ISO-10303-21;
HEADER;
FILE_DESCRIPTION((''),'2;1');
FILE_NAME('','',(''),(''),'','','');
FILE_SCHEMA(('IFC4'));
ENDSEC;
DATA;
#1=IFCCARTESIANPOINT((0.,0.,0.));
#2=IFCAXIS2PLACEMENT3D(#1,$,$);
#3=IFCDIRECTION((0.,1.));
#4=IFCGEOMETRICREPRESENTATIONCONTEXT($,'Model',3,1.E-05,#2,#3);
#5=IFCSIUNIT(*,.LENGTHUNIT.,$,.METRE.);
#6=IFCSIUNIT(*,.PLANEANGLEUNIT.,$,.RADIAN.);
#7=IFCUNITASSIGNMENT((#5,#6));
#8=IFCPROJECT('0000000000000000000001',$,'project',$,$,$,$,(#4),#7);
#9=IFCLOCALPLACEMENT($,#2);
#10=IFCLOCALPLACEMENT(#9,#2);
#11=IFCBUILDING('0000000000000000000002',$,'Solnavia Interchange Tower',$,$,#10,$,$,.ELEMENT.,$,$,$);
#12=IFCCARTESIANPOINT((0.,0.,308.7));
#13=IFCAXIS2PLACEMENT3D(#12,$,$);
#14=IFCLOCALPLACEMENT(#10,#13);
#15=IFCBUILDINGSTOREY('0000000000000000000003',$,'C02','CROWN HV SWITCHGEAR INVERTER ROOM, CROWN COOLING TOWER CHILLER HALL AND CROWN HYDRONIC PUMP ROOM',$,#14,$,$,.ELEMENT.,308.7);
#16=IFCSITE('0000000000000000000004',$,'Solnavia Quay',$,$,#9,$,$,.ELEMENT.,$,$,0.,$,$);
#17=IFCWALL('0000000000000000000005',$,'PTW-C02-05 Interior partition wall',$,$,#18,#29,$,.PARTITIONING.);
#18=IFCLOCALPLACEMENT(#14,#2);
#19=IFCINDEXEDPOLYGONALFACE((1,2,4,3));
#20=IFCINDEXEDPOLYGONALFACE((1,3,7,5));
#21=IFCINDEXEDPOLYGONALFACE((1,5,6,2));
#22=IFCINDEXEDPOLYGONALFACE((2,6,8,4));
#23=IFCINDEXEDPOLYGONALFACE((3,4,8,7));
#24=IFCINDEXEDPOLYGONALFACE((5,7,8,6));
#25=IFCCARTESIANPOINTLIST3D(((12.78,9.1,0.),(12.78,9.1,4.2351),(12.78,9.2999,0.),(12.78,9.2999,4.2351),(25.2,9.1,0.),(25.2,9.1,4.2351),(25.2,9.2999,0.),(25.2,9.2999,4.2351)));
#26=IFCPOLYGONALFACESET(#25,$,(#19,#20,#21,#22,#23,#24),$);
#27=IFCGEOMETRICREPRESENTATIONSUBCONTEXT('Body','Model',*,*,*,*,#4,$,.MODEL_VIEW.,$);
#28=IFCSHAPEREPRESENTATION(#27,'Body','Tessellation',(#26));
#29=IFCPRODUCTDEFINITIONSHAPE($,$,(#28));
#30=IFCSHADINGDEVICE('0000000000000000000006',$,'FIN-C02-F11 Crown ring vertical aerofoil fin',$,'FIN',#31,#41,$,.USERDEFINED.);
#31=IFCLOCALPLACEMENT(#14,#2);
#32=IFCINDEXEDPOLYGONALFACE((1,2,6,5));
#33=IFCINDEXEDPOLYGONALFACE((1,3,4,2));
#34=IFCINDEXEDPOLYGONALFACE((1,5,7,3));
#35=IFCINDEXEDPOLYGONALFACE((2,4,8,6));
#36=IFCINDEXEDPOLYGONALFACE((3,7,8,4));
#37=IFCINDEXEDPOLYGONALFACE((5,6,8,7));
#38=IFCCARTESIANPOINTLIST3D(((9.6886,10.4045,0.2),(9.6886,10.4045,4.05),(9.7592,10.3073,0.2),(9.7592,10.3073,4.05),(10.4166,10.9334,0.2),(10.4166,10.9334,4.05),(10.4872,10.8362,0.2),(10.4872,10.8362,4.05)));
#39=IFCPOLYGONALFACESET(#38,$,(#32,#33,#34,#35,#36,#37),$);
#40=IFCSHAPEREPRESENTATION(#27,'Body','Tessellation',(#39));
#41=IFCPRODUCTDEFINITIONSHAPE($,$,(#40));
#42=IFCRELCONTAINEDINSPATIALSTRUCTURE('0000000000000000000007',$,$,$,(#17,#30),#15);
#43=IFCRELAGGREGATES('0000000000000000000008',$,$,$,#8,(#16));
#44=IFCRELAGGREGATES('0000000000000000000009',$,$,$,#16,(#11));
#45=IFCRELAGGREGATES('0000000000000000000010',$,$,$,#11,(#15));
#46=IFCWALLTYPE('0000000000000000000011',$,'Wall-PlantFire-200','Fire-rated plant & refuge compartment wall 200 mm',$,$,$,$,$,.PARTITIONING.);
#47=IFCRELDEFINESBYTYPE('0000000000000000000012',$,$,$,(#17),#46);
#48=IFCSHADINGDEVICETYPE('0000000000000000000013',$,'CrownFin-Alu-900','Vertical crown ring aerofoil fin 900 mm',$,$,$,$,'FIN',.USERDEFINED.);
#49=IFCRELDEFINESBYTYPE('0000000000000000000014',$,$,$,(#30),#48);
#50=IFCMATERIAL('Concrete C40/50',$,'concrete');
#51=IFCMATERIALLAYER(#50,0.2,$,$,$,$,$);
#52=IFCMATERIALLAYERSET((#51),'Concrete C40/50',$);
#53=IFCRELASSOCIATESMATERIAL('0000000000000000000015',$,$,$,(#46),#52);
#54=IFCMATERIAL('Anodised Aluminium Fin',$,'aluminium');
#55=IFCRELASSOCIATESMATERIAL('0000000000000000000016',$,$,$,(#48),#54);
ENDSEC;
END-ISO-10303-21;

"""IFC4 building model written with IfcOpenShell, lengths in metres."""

from ifc_helpers import new_model, si_unit, direction, frame, frame_2d, origin, origin_2d, place, context, subcontext, project, spatial, rectangle, extrude, material, layer, layer_set, type_object, element, save


model = new_model("IFC4")

# Units and contexts
model_context = context("Model", 3, precision=1e-05, world=origin(), true_north=direction((0.0, 1.0)))
body_context = subcontext(model_context, "Body", "Model", "MODEL_VIEW")
ifc_project = project(units=[si_unit("LENGTHUNIT", "METRE"), si_unit("PLANEANGLEUNIT", "RADIAN")], contexts=[model_context])

# Site, building, storey
site_placement = place(None, origin())
site = spatial("IfcSite", under=ifc_project, at=site_placement, Name="Solnavia Quay", CompositionType="ELEMENT", RefElevation=0.0)
building_placement = place(site_placement, origin())
building = spatial("IfcBuilding", under=site, at=building_placement, Name="Solnavia Interchange Tower", CompositionType="ELEMENT")
storey_placement = place(building_placement, frame((0.0, 0.0, 308.7)))
storey = spatial("IfcBuildingStorey", under=building, at=storey_placement, Name="C02", Description="CROWN HV SWITCHGEAR INVERTER ROOM, CROWN COOLING TOWER CHILLER HALL AND CROWN HYDRONIC PUMP ROOM", CompositionType="ELEMENT", Elevation=308.7)

# Shared definitions
ifc_material_1 = material(Name="Concrete C40/50", Category="concrete")

# Shared definitions
ifc_layer_1 = layer(ifc_material_1, 0.2)
ifc_layer_set_1 = layer_set([ifc_layer_1], Name="Concrete C40/50")
wall_type = type_object("IfcWallType", Name="Wall-PlantFire-200", Description="Fire-rated plant & refuge compartment wall 200 mm", PredefinedType="PARTITIONING", material=ifc_layer_set_1)

# Wall
wall_1_placement = place(storey_placement, frame((12.78, 9.2, 0.0), z_axis=(0.0, 0.0, 1.0), x_axis=(1.0, 0.0, 0.0)))
element("IfcWall", 1, at=wall_1_placement, inside=storey, type_object=wall_type, Name="PTW-C02-05 Interior partition wall", PredefinedType="PARTITIONING", context=body_context, shape_type="SweptSolid", body=[
    extrude(rectangle(XDim=12.4199, YDim=0.2, at=frame_2d((6.21, 0.0))), origin(), (0.0, 0.0, 1.0), 4.2351),
])

# Shading device
ifc_material_2 = material(Name="Anodised Aluminium Fin", Category="aluminium")
shading_device_type = type_object("IfcShadingDeviceType", Name="CrownFin-Alu-900", Description="Vertical crown ring aerofoil fin 900 mm", ElementType="FIN", PredefinedType="USERDEFINED", material=ifc_material_2)
shading_device_placement = place(storey_placement, frame((10.0879, 10.6204, 0.2), z_axis=(0.0, 0.0, 1.0), x_axis=(-0.809017, -0.587785, 0.0)))
element("IfcShadingDevice", 2, at=shading_device_placement, inside=storey, type_object=shading_device_type, Name="FIN-C02-F11 Crown ring vertical aerofoil fin", ObjectType="FIN", PredefinedType="USERDEFINED", context=body_context, shape_type="SweptSolid", body=[
    extrude(rectangle(XDim=0.8999, YDim=0.1201, at=origin_2d()), origin(), (0.0, 0.0, 1.0), 3.8501),
])

save(model, "model.ifc")
